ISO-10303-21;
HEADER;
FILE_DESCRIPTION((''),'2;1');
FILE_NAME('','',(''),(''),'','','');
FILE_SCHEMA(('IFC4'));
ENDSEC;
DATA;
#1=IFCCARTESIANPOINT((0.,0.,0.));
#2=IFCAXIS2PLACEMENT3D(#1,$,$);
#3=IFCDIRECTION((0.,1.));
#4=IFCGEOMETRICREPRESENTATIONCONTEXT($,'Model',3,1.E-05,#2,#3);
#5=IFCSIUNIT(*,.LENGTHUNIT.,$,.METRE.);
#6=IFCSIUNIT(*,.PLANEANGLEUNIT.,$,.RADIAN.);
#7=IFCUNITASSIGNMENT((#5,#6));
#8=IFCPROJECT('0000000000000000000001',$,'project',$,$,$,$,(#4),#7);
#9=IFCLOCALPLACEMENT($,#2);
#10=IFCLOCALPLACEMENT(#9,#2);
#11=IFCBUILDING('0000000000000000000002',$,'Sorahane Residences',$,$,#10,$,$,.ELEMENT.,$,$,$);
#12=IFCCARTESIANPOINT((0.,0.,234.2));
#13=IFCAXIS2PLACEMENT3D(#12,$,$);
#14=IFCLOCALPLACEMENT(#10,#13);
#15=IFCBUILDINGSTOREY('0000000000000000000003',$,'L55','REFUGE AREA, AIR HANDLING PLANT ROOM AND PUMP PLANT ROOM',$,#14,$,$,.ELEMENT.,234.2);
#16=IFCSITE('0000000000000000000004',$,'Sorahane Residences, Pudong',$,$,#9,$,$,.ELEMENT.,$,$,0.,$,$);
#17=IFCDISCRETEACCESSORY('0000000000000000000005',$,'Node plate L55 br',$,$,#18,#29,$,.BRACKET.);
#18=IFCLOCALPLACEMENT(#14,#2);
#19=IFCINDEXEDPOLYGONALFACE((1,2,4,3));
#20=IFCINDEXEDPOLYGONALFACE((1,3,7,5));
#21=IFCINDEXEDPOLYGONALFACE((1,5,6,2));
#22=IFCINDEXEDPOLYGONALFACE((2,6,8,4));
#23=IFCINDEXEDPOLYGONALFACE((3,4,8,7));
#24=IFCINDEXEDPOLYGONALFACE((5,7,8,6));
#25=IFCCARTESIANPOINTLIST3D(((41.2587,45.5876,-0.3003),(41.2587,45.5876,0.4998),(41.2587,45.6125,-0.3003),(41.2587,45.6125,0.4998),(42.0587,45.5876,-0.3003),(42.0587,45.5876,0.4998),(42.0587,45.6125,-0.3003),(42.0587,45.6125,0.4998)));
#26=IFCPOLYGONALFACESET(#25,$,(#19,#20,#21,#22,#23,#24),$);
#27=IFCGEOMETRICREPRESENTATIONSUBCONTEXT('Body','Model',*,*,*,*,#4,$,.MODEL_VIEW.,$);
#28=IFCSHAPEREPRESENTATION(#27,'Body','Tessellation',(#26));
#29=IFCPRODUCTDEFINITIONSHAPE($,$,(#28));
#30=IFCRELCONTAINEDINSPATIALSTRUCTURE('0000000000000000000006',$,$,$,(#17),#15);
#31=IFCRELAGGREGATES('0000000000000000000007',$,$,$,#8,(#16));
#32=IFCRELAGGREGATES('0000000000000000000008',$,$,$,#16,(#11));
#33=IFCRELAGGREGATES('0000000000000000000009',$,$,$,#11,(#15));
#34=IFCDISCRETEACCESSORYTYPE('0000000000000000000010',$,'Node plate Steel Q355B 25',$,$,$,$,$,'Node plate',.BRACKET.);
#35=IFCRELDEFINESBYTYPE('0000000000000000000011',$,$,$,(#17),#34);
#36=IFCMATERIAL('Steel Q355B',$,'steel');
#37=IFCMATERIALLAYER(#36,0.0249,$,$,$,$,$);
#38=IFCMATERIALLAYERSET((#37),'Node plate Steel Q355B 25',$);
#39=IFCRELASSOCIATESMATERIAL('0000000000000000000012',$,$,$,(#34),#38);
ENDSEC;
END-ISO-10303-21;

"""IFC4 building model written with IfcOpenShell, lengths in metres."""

from ifc_helpers import new_model, si_unit, direction, frame, origin, origin_2d, place, context, subcontext, project, spatial, rectangle, extrude, material, layer, layer_set, type_object, element, save


model = new_model("IFC4")

# Units and contexts
model_context = context("Model", 3, precision=1e-05, world=origin(), true_north=direction((0.0, 1.0)))
body_context = subcontext(model_context, "Body", "Model", "MODEL_VIEW")
ifc_project = project(units=[si_unit("LENGTHUNIT", "METRE"), si_unit("PLANEANGLEUNIT", "RADIAN")], contexts=[model_context])

# Site, building, storey
site_placement = place(None, origin())
site = spatial("IfcSite", under=ifc_project, at=site_placement, Name="Sorahane Residences, Pudong", CompositionType="ELEMENT", RefElevation=0.0)
building_placement = place(site_placement, origin())
building = spatial("IfcBuilding", under=site, at=building_placement, Name="Sorahane Residences", CompositionType="ELEMENT")
storey_placement = place(building_placement, frame((0.0, 0.0, 234.2)))
storey = spatial("IfcBuildingStorey", under=building, at=storey_placement, Name="L55", Description="REFUGE AREA, AIR HANDLING PLANT ROOM AND PUMP PLANT ROOM", CompositionType="ELEMENT", Elevation=234.2)

# Discrete accessory
ifc_material_1 = material(Name="Steel Q355B", Category="steel")
ifc_layer_1 = layer(ifc_material_1, 0.0249)
ifc_layer_set_1 = layer_set([ifc_layer_1], Name="Node plate Steel Q355B 25")
discrete_accessory_type = type_object("IfcDiscreteAccessoryType", Name="Node plate Steel Q355B 25", ElementType="Node plate", PredefinedType="BRACKET", material=ifc_layer_set_1)
for number, where, z_axis, x_axis, name in (
    (1, (41.6587, 45.6001, -0.3003), (0.0, 0.0, 1.0), (1.0, 0.0, 0.0), "Node plate L55 br"),
):
    element("IfcDiscreteAccessory", number, at=place(storey_placement, frame(where, z_axis=z_axis, x_axis=x_axis)), inside=storey, type_object=discrete_accessory_type, Name=name, PredefinedType="BRACKET", context=body_context, shape_type="SweptSolid", body=[
        extrude(rectangle(XDim=0.8, YDim=0.0249, at=origin_2d()), origin(), (0.0, 0.0, 1.0), 0.8),
    ])

save(model, "model.ifc")
